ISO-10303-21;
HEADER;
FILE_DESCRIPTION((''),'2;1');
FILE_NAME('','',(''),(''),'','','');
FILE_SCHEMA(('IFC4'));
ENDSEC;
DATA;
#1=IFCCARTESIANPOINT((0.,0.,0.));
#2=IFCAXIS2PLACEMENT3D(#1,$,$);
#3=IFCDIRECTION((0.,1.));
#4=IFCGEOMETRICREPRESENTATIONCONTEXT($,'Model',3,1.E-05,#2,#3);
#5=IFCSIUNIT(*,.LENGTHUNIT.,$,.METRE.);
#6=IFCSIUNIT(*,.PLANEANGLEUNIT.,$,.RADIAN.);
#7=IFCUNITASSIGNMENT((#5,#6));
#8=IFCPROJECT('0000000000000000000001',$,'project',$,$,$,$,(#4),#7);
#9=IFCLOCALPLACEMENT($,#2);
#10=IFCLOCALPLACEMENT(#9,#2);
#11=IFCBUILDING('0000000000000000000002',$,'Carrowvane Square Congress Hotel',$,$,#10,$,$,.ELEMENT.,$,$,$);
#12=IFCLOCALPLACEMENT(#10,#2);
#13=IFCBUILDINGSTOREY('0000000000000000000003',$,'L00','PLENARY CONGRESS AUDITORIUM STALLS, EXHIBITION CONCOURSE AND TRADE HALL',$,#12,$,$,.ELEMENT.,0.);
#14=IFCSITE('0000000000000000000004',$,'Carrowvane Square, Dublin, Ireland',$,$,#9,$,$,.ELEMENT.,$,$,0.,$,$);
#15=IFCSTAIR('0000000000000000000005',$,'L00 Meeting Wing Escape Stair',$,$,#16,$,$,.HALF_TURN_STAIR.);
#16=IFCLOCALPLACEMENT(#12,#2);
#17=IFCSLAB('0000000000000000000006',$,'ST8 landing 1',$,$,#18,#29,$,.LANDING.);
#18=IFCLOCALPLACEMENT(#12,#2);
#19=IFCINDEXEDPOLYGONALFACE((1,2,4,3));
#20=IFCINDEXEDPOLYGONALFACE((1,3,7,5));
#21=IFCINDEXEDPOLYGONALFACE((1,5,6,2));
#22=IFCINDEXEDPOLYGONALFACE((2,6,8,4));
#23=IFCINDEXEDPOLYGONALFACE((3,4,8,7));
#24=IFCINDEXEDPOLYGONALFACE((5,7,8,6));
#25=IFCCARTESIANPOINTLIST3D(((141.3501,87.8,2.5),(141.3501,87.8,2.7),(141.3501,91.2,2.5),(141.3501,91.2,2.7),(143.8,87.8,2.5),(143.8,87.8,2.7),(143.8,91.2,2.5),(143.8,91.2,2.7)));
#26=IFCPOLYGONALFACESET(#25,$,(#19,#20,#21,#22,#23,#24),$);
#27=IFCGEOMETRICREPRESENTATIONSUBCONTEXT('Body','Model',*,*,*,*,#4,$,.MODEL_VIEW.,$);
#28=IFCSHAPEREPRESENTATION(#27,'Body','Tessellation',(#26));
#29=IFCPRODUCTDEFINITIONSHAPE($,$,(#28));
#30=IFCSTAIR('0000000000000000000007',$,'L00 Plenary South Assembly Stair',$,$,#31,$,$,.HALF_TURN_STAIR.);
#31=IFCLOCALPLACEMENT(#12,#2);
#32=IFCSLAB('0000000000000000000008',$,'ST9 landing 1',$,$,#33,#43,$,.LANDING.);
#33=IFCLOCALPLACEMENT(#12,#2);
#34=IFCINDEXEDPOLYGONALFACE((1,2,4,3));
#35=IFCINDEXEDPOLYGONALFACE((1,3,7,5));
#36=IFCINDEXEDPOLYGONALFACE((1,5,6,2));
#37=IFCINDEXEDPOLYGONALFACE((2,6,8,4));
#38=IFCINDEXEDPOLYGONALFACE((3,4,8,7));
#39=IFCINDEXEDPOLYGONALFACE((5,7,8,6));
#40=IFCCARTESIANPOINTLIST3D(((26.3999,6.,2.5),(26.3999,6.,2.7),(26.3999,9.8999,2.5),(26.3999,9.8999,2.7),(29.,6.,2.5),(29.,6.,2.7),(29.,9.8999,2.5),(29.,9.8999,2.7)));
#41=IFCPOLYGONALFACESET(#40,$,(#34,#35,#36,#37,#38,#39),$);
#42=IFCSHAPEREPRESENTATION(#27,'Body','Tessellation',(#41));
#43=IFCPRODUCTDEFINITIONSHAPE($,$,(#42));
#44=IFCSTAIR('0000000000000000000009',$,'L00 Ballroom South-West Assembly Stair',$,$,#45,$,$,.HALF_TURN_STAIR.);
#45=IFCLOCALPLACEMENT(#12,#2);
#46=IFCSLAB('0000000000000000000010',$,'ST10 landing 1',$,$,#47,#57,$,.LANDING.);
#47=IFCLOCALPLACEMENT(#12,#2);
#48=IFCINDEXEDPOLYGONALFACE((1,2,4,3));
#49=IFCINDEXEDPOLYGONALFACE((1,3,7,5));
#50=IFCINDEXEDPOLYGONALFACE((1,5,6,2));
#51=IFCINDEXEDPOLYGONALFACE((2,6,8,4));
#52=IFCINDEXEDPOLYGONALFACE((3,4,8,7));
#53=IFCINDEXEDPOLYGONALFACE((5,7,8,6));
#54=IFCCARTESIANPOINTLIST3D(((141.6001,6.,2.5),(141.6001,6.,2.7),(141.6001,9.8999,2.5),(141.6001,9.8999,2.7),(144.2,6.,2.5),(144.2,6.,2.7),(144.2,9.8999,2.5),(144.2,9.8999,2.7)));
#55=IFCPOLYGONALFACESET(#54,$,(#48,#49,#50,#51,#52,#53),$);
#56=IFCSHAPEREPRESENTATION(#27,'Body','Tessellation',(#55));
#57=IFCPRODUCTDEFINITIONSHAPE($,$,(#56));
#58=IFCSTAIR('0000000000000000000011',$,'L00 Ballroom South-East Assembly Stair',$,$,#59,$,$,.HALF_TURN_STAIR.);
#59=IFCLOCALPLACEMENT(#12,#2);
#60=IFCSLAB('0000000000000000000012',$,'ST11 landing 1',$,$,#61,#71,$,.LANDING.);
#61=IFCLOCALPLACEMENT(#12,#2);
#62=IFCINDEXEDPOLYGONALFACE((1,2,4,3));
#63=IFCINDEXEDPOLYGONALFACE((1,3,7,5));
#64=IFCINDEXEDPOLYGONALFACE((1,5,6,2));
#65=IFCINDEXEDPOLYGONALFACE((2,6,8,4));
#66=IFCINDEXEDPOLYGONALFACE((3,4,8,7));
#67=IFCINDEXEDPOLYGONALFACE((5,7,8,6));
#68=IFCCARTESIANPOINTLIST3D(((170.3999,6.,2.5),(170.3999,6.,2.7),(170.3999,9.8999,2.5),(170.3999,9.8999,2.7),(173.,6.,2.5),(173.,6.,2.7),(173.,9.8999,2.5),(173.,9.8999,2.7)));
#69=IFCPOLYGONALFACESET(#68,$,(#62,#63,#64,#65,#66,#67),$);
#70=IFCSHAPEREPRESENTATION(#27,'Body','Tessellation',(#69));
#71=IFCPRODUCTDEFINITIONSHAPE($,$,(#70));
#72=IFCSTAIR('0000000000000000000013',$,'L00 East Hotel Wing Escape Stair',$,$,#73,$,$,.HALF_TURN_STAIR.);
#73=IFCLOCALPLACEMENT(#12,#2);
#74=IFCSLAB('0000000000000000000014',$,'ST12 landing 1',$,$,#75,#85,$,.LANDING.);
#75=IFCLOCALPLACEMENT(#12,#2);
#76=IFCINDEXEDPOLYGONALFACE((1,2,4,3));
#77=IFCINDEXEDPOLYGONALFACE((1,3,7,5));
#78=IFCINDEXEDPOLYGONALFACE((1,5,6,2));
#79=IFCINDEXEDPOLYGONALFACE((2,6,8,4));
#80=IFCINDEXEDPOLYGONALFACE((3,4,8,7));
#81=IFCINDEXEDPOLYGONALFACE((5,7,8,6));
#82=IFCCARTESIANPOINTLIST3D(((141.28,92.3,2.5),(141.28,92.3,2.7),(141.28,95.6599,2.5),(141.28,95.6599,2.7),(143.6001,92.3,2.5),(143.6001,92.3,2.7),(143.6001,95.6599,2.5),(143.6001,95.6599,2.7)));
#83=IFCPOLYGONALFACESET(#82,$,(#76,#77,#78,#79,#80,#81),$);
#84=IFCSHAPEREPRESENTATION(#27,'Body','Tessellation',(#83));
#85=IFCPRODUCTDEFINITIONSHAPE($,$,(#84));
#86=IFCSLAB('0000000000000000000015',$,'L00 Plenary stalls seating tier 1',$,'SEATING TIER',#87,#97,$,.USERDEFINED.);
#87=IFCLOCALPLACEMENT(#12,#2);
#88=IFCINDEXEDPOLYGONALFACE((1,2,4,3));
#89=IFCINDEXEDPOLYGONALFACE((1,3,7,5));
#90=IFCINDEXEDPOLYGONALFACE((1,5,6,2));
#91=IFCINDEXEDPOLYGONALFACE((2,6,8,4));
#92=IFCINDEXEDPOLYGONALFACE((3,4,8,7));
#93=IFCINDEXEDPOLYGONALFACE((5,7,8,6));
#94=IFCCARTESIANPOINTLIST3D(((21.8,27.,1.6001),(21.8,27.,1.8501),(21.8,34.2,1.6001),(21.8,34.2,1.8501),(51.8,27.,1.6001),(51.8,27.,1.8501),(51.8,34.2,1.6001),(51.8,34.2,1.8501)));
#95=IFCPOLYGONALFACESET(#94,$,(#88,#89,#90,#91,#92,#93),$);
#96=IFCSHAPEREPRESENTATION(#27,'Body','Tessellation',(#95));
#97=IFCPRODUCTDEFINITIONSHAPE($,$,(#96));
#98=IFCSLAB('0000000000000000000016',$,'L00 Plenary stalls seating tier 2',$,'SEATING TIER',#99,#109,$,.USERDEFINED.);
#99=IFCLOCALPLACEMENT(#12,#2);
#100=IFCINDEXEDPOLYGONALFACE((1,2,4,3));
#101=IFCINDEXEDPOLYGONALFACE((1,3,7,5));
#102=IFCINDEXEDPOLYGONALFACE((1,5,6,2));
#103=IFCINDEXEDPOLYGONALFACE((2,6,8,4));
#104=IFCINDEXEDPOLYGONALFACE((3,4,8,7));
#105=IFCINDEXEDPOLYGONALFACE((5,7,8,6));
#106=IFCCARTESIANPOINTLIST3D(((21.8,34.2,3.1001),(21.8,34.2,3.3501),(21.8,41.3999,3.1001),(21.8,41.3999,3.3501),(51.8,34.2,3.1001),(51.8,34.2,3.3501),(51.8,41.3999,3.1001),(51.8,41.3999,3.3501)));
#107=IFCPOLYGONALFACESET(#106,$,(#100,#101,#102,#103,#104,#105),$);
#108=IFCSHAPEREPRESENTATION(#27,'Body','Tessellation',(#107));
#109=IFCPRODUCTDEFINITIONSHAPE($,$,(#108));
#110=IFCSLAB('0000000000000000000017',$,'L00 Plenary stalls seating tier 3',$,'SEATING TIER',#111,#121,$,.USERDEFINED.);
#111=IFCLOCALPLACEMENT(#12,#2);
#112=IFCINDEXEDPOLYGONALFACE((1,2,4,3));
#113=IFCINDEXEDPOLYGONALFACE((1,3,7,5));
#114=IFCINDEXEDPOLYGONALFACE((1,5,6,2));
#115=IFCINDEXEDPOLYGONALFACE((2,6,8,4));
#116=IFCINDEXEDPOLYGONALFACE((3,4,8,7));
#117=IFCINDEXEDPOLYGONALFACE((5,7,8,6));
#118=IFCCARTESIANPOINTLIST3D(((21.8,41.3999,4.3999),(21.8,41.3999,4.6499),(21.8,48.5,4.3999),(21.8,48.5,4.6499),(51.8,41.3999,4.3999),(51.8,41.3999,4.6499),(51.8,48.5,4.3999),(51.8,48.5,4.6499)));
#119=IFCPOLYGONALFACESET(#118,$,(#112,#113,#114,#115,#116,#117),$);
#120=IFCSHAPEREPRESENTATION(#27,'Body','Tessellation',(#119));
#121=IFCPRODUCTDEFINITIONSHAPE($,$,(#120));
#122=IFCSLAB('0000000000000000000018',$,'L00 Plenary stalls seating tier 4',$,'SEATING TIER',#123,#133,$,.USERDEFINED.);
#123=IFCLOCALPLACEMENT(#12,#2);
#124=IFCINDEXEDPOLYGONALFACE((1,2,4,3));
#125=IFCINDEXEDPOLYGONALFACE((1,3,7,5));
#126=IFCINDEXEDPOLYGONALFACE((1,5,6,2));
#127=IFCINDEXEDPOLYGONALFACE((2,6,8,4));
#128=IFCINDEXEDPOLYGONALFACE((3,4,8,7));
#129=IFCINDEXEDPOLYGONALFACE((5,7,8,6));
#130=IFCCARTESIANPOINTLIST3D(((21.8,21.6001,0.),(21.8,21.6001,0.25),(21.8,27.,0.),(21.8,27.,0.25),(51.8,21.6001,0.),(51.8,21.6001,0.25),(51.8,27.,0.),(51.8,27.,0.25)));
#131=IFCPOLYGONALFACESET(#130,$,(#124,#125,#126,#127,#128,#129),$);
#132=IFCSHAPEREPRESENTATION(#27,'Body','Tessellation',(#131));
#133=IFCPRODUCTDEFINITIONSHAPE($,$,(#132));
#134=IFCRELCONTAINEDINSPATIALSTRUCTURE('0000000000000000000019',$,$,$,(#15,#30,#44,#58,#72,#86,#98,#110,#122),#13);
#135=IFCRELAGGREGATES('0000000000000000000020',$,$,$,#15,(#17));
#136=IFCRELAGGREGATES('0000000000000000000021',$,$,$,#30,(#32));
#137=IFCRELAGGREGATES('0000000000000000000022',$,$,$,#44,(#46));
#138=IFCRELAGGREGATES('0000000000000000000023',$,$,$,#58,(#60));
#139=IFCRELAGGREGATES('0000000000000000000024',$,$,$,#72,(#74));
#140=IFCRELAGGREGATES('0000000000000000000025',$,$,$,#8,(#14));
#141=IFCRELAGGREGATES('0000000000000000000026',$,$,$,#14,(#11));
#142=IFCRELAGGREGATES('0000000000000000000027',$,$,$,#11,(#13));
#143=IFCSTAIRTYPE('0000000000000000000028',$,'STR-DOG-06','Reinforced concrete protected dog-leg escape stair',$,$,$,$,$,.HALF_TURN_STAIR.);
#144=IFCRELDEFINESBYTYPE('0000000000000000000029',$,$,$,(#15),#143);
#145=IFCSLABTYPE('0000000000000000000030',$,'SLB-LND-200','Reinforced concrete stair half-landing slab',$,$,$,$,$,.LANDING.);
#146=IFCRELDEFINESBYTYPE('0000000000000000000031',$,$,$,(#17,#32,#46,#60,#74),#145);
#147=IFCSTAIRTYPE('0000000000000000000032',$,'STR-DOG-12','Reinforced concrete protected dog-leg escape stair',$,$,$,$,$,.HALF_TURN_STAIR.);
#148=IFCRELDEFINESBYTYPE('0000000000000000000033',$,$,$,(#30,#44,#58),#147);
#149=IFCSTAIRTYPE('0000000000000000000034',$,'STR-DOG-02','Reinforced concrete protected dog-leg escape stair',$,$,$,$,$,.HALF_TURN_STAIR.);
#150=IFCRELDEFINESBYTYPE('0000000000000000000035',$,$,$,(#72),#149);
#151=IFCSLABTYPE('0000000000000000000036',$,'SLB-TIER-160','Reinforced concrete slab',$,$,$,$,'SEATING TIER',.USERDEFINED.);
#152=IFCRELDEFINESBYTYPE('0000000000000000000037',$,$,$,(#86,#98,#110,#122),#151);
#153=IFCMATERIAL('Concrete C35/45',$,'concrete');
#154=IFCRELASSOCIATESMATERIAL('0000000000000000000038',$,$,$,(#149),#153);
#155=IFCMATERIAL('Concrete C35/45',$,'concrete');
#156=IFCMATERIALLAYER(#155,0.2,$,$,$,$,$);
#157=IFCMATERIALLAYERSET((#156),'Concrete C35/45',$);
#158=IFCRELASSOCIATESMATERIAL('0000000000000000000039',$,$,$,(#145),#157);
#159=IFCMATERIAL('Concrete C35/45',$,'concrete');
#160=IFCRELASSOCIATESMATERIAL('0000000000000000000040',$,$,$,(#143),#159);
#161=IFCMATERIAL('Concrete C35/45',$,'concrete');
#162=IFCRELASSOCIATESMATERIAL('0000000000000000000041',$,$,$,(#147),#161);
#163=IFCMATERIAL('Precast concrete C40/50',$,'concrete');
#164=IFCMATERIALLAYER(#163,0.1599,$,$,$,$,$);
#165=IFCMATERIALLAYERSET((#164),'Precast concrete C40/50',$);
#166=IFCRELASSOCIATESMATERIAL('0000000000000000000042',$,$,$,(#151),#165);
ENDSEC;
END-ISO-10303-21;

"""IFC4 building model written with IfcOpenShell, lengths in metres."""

from ifc_helpers import new_model, si_unit, direction, frame, origin, place, context, subcontext, project, spatial, polyline, outline, extrude, material, layer, layer_set, type_object, element, aggregate, save


model = new_model("IFC4")

# Units and contexts
model_context = context("Model", 3, precision=1e-05, world=origin(), true_north=direction((0.0, 1.0)))
body_context = subcontext(model_context, "Body", "Model", "MODEL_VIEW")
ifc_project = project(units=[si_unit("LENGTHUNIT", "METRE"), si_unit("PLANEANGLEUNIT", "RADIAN")], contexts=[model_context])

# Site, building, storey
site_placement = place(None, origin())
site = spatial("IfcSite", under=ifc_project, at=site_placement, Name="Carrowvane Square, Dublin, Ireland", CompositionType="ELEMENT", RefElevation=0.0)
building_placement = place(site_placement, origin())
building = spatial("IfcBuilding", under=site, at=building_placement, Name="Carrowvane Square Congress Hotel", CompositionType="ELEMENT")
storey_placement = place(building_placement, origin())
storey = spatial("IfcBuildingStorey", under=building, at=storey_placement, Name="L00", Description="PLENARY CONGRESS AUDITORIUM STALLS, EXHIBITION CONCOURSE AND TRADE HALL", CompositionType="ELEMENT", Elevation=0.0)

# Stairs, slabs
ifc_material_1 = material(Name="Concrete C35/45", Category="concrete")
stair_type_1 = type_object("IfcStairType", Name="STR-DOG-02", Description="Reinforced concrete protected dog-leg escape stair", PredefinedType="HALF_TURN_STAIR", material=ifc_material_1)
ifc_material_2 = material(Name="Concrete C35/45", Category="concrete")
ifc_layer_1 = layer(ifc_material_2, 0.2)
ifc_layer_set_1 = layer_set([ifc_layer_1], Name="Concrete C35/45")
slab_type_1 = type_object("IfcSlabType", Name="SLB-LND-200", Description="Reinforced concrete stair half-landing slab", PredefinedType="LANDING", material=ifc_layer_set_1)
ifc_material_3 = material(Name="Concrete C35/45", Category="concrete")
stair_type_2 = type_object("IfcStairType", Name="STR-DOG-06", Description="Reinforced concrete protected dog-leg escape stair", PredefinedType="HALF_TURN_STAIR", material=ifc_material_3)
stair_1_placement = place(storey_placement, origin())
stair_1 = element("IfcStair", 1, at=stair_1_placement, inside=storey, type_object=stair_type_2, Name="L00 Meeting Wing Escape Stair", PredefinedType="HALF_TURN_STAIR")
slab_1_placement = place(storey_placement, frame((0.0, 0.0, 2.5)))
slab_1 = element("IfcSlab", 2, at=slab_1_placement, type_object=slab_type_1, Name="ST8 landing 1", PredefinedType="LANDING", context=body_context, shape_type="SweptSolid", body=[
    extrude(outline(polyline([(141.3501, 87.8), (143.8, 87.8), (143.8, 91.2), (141.3501, 91.2), (141.3501, 87.8)])), origin(), (0.0, 0.0, 1.0), 0.2),
])
aggregate(stair_1, [slab_1])
ifc_material_4 = material(Name="Concrete C35/45", Category="concrete")
stair_type_3 = type_object("IfcStairType", Name="STR-DOG-12", Description="Reinforced concrete protected dog-leg escape stair", PredefinedType="HALF_TURN_STAIR", material=ifc_material_4)
stair_2_placement = place(storey_placement, origin())
stair_2 = element("IfcStair", 3, at=stair_2_placement, inside=storey, type_object=stair_type_3, Name="L00 Plenary South Assembly Stair", PredefinedType="HALF_TURN_STAIR")
slab_2_placement = place(storey_placement, frame((0.0, 0.0, 2.5)))
slab_2 = element("IfcSlab", 4, at=slab_2_placement, type_object=slab_type_1, Name="ST9 landing 1", PredefinedType="LANDING", context=body_context, shape_type="SweptSolid", body=[
    extrude(outline(polyline([(26.3999, 6.0), (29.0, 6.0), (29.0, 9.8999), (26.3999, 9.8999), (26.3999, 6.0)])), origin(), (0.0, 0.0, 1.0), 0.2),
])
aggregate(stair_2, [slab_2])
stair_3_placement = place(storey_placement, origin())
stair_3 = element("IfcStair", 5, at=stair_3_placement, inside=storey, type_object=stair_type_3, Name="L00 Ballroom South-West Assembly Stair", PredefinedType="HALF_TURN_STAIR")
slab_3_placement = place(storey_placement, frame((0.0, 0.0, 2.5)))
slab_3 = element("IfcSlab", 6, at=slab_3_placement, type_object=slab_type_1, Name="ST10 landing 1", PredefinedType="LANDING", context=body_context, shape_type="SweptSolid", body=[
    extrude(outline(polyline([(141.6001, 6.0), (144.2, 6.0), (144.2, 9.8999), (141.6001, 9.8999), (141.6001, 6.0)])), origin(), (0.0, 0.0, 1.0), 0.2),
])
aggregate(stair_3, [slab_3])
stair_4_placement = place(storey_placement, origin())
stair_4 = element("IfcStair", 7, at=stair_4_placement, inside=storey, type_object=stair_type_3, Name="L00 Ballroom South-East Assembly Stair", PredefinedType="HALF_TURN_STAIR")
slab_4_placement = place(storey_placement, frame((0.0, 0.0, 2.5)))
slab_4 = element("IfcSlab", 8, at=slab_4_placement, type_object=slab_type_1, Name="ST11 landing 1", PredefinedType="LANDING", context=body_context, shape_type="SweptSolid", body=[
    extrude(outline(polyline([(170.3999, 6.0), (173.0, 6.0), (173.0, 9.8999), (170.3999, 9.8999), (170.3999, 6.0)])), origin(), (0.0, 0.0, 1.0), 0.2),
])
aggregate(stair_4, [slab_4])
stair_5_placement = place(storey_placement, origin())
stair_5 = element("IfcStair", 9, at=stair_5_placement, inside=storey, type_object=stair_type_1, Name="L00 East Hotel Wing Escape Stair", PredefinedType="HALF_TURN_STAIR")
slab_5_placement = place(storey_placement, frame((0.0, 0.0, 2.5)))
slab_5 = element("IfcSlab", 10, at=slab_5_placement, type_object=slab_type_1, Name="ST12 landing 1", PredefinedType="LANDING", context=body_context, shape_type="SweptSolid", body=[
    extrude(outline(polyline([(141.28, 92.3), (143.6001, 92.3), (143.6001, 95.6599), (141.28, 95.6599), (141.28, 92.3)])), origin(), (0.0, 0.0, 1.0), 0.2),
])
aggregate(stair_5, [slab_5])

# Slabs
ifc_material_5 = material(Name="Precast concrete C40/50", Category="concrete")
ifc_layer_2 = layer(ifc_material_5, 0.1599)
ifc_layer_set_2 = layer_set([ifc_layer_2], Name="Precast concrete C40/50")
slab_type_2 = type_object("IfcSlabType", Name="SLB-TIER-160", Description="Reinforced concrete slab", ElementType="SEATING TIER", PredefinedType="USERDEFINED", material=ifc_layer_set_2)
slab_6_placement = place(storey_placement, frame((0.0, 0.0, 1.6001)))
element("IfcSlab", 11, at=slab_6_placement, inside=storey, type_object=slab_type_2, Name="L00 Plenary stalls seating tier 1", ObjectType="SEATING TIER", PredefinedType="USERDEFINED", context=body_context, shape_type="SweptSolid", body=[
    extrude(outline(polyline([(21.8, 27.0), (51.8, 27.0), (51.8, 34.2), (21.8, 34.2), (21.8, 27.0)])), origin(), (0.0, 0.0, 1.0), 0.25),
])
slab_7_placement = place(storey_placement, frame((0.0, 0.0, 3.1001)))
element("IfcSlab", 12, at=slab_7_placement, inside=storey, type_object=slab_type_2, Name="L00 Plenary stalls seating tier 2", ObjectType="SEATING TIER", PredefinedType="USERDEFINED", context=body_context, shape_type="SweptSolid", body=[
    extrude(outline(polyline([(21.8, 34.2), (51.8, 34.2), (51.8, 41.3999), (21.8, 41.3999), (21.8, 34.2)])), origin(), (0.0, 0.0, 1.0), 0.25),
])
slab_8_placement = place(storey_placement, frame((0.0, 0.0, 4.3999)))
element("IfcSlab", 13, at=slab_8_placement, inside=storey, type_object=slab_type_2, Name="L00 Plenary stalls seating tier 3", ObjectType="SEATING TIER", PredefinedType="USERDEFINED", context=body_context, shape_type="SweptSolid", body=[
    extrude(outline(polyline([(21.8, 41.3999), (51.8, 41.3999), (51.8, 48.5), (21.8, 48.5), (21.8, 41.3999)])), origin(), (0.0, 0.0, 1.0), 0.25),
])
slab_9_placement = place(storey_placement, origin())
element("IfcSlab", 14, at=slab_9_placement, inside=storey, type_object=slab_type_2, Name="L00 Plenary stalls seating tier 4", ObjectType="SEATING TIER", PredefinedType="USERDEFINED", context=body_context, shape_type="SweptSolid", body=[
    extrude(outline(polyline([(21.8, 21.6001), (51.8, 21.6001), (51.8, 27.0), (21.8, 27.0), (21.8, 21.6001)])), origin(), (0.0, 0.0, 1.0), 0.25),
])

save(model, "model.ifc")
